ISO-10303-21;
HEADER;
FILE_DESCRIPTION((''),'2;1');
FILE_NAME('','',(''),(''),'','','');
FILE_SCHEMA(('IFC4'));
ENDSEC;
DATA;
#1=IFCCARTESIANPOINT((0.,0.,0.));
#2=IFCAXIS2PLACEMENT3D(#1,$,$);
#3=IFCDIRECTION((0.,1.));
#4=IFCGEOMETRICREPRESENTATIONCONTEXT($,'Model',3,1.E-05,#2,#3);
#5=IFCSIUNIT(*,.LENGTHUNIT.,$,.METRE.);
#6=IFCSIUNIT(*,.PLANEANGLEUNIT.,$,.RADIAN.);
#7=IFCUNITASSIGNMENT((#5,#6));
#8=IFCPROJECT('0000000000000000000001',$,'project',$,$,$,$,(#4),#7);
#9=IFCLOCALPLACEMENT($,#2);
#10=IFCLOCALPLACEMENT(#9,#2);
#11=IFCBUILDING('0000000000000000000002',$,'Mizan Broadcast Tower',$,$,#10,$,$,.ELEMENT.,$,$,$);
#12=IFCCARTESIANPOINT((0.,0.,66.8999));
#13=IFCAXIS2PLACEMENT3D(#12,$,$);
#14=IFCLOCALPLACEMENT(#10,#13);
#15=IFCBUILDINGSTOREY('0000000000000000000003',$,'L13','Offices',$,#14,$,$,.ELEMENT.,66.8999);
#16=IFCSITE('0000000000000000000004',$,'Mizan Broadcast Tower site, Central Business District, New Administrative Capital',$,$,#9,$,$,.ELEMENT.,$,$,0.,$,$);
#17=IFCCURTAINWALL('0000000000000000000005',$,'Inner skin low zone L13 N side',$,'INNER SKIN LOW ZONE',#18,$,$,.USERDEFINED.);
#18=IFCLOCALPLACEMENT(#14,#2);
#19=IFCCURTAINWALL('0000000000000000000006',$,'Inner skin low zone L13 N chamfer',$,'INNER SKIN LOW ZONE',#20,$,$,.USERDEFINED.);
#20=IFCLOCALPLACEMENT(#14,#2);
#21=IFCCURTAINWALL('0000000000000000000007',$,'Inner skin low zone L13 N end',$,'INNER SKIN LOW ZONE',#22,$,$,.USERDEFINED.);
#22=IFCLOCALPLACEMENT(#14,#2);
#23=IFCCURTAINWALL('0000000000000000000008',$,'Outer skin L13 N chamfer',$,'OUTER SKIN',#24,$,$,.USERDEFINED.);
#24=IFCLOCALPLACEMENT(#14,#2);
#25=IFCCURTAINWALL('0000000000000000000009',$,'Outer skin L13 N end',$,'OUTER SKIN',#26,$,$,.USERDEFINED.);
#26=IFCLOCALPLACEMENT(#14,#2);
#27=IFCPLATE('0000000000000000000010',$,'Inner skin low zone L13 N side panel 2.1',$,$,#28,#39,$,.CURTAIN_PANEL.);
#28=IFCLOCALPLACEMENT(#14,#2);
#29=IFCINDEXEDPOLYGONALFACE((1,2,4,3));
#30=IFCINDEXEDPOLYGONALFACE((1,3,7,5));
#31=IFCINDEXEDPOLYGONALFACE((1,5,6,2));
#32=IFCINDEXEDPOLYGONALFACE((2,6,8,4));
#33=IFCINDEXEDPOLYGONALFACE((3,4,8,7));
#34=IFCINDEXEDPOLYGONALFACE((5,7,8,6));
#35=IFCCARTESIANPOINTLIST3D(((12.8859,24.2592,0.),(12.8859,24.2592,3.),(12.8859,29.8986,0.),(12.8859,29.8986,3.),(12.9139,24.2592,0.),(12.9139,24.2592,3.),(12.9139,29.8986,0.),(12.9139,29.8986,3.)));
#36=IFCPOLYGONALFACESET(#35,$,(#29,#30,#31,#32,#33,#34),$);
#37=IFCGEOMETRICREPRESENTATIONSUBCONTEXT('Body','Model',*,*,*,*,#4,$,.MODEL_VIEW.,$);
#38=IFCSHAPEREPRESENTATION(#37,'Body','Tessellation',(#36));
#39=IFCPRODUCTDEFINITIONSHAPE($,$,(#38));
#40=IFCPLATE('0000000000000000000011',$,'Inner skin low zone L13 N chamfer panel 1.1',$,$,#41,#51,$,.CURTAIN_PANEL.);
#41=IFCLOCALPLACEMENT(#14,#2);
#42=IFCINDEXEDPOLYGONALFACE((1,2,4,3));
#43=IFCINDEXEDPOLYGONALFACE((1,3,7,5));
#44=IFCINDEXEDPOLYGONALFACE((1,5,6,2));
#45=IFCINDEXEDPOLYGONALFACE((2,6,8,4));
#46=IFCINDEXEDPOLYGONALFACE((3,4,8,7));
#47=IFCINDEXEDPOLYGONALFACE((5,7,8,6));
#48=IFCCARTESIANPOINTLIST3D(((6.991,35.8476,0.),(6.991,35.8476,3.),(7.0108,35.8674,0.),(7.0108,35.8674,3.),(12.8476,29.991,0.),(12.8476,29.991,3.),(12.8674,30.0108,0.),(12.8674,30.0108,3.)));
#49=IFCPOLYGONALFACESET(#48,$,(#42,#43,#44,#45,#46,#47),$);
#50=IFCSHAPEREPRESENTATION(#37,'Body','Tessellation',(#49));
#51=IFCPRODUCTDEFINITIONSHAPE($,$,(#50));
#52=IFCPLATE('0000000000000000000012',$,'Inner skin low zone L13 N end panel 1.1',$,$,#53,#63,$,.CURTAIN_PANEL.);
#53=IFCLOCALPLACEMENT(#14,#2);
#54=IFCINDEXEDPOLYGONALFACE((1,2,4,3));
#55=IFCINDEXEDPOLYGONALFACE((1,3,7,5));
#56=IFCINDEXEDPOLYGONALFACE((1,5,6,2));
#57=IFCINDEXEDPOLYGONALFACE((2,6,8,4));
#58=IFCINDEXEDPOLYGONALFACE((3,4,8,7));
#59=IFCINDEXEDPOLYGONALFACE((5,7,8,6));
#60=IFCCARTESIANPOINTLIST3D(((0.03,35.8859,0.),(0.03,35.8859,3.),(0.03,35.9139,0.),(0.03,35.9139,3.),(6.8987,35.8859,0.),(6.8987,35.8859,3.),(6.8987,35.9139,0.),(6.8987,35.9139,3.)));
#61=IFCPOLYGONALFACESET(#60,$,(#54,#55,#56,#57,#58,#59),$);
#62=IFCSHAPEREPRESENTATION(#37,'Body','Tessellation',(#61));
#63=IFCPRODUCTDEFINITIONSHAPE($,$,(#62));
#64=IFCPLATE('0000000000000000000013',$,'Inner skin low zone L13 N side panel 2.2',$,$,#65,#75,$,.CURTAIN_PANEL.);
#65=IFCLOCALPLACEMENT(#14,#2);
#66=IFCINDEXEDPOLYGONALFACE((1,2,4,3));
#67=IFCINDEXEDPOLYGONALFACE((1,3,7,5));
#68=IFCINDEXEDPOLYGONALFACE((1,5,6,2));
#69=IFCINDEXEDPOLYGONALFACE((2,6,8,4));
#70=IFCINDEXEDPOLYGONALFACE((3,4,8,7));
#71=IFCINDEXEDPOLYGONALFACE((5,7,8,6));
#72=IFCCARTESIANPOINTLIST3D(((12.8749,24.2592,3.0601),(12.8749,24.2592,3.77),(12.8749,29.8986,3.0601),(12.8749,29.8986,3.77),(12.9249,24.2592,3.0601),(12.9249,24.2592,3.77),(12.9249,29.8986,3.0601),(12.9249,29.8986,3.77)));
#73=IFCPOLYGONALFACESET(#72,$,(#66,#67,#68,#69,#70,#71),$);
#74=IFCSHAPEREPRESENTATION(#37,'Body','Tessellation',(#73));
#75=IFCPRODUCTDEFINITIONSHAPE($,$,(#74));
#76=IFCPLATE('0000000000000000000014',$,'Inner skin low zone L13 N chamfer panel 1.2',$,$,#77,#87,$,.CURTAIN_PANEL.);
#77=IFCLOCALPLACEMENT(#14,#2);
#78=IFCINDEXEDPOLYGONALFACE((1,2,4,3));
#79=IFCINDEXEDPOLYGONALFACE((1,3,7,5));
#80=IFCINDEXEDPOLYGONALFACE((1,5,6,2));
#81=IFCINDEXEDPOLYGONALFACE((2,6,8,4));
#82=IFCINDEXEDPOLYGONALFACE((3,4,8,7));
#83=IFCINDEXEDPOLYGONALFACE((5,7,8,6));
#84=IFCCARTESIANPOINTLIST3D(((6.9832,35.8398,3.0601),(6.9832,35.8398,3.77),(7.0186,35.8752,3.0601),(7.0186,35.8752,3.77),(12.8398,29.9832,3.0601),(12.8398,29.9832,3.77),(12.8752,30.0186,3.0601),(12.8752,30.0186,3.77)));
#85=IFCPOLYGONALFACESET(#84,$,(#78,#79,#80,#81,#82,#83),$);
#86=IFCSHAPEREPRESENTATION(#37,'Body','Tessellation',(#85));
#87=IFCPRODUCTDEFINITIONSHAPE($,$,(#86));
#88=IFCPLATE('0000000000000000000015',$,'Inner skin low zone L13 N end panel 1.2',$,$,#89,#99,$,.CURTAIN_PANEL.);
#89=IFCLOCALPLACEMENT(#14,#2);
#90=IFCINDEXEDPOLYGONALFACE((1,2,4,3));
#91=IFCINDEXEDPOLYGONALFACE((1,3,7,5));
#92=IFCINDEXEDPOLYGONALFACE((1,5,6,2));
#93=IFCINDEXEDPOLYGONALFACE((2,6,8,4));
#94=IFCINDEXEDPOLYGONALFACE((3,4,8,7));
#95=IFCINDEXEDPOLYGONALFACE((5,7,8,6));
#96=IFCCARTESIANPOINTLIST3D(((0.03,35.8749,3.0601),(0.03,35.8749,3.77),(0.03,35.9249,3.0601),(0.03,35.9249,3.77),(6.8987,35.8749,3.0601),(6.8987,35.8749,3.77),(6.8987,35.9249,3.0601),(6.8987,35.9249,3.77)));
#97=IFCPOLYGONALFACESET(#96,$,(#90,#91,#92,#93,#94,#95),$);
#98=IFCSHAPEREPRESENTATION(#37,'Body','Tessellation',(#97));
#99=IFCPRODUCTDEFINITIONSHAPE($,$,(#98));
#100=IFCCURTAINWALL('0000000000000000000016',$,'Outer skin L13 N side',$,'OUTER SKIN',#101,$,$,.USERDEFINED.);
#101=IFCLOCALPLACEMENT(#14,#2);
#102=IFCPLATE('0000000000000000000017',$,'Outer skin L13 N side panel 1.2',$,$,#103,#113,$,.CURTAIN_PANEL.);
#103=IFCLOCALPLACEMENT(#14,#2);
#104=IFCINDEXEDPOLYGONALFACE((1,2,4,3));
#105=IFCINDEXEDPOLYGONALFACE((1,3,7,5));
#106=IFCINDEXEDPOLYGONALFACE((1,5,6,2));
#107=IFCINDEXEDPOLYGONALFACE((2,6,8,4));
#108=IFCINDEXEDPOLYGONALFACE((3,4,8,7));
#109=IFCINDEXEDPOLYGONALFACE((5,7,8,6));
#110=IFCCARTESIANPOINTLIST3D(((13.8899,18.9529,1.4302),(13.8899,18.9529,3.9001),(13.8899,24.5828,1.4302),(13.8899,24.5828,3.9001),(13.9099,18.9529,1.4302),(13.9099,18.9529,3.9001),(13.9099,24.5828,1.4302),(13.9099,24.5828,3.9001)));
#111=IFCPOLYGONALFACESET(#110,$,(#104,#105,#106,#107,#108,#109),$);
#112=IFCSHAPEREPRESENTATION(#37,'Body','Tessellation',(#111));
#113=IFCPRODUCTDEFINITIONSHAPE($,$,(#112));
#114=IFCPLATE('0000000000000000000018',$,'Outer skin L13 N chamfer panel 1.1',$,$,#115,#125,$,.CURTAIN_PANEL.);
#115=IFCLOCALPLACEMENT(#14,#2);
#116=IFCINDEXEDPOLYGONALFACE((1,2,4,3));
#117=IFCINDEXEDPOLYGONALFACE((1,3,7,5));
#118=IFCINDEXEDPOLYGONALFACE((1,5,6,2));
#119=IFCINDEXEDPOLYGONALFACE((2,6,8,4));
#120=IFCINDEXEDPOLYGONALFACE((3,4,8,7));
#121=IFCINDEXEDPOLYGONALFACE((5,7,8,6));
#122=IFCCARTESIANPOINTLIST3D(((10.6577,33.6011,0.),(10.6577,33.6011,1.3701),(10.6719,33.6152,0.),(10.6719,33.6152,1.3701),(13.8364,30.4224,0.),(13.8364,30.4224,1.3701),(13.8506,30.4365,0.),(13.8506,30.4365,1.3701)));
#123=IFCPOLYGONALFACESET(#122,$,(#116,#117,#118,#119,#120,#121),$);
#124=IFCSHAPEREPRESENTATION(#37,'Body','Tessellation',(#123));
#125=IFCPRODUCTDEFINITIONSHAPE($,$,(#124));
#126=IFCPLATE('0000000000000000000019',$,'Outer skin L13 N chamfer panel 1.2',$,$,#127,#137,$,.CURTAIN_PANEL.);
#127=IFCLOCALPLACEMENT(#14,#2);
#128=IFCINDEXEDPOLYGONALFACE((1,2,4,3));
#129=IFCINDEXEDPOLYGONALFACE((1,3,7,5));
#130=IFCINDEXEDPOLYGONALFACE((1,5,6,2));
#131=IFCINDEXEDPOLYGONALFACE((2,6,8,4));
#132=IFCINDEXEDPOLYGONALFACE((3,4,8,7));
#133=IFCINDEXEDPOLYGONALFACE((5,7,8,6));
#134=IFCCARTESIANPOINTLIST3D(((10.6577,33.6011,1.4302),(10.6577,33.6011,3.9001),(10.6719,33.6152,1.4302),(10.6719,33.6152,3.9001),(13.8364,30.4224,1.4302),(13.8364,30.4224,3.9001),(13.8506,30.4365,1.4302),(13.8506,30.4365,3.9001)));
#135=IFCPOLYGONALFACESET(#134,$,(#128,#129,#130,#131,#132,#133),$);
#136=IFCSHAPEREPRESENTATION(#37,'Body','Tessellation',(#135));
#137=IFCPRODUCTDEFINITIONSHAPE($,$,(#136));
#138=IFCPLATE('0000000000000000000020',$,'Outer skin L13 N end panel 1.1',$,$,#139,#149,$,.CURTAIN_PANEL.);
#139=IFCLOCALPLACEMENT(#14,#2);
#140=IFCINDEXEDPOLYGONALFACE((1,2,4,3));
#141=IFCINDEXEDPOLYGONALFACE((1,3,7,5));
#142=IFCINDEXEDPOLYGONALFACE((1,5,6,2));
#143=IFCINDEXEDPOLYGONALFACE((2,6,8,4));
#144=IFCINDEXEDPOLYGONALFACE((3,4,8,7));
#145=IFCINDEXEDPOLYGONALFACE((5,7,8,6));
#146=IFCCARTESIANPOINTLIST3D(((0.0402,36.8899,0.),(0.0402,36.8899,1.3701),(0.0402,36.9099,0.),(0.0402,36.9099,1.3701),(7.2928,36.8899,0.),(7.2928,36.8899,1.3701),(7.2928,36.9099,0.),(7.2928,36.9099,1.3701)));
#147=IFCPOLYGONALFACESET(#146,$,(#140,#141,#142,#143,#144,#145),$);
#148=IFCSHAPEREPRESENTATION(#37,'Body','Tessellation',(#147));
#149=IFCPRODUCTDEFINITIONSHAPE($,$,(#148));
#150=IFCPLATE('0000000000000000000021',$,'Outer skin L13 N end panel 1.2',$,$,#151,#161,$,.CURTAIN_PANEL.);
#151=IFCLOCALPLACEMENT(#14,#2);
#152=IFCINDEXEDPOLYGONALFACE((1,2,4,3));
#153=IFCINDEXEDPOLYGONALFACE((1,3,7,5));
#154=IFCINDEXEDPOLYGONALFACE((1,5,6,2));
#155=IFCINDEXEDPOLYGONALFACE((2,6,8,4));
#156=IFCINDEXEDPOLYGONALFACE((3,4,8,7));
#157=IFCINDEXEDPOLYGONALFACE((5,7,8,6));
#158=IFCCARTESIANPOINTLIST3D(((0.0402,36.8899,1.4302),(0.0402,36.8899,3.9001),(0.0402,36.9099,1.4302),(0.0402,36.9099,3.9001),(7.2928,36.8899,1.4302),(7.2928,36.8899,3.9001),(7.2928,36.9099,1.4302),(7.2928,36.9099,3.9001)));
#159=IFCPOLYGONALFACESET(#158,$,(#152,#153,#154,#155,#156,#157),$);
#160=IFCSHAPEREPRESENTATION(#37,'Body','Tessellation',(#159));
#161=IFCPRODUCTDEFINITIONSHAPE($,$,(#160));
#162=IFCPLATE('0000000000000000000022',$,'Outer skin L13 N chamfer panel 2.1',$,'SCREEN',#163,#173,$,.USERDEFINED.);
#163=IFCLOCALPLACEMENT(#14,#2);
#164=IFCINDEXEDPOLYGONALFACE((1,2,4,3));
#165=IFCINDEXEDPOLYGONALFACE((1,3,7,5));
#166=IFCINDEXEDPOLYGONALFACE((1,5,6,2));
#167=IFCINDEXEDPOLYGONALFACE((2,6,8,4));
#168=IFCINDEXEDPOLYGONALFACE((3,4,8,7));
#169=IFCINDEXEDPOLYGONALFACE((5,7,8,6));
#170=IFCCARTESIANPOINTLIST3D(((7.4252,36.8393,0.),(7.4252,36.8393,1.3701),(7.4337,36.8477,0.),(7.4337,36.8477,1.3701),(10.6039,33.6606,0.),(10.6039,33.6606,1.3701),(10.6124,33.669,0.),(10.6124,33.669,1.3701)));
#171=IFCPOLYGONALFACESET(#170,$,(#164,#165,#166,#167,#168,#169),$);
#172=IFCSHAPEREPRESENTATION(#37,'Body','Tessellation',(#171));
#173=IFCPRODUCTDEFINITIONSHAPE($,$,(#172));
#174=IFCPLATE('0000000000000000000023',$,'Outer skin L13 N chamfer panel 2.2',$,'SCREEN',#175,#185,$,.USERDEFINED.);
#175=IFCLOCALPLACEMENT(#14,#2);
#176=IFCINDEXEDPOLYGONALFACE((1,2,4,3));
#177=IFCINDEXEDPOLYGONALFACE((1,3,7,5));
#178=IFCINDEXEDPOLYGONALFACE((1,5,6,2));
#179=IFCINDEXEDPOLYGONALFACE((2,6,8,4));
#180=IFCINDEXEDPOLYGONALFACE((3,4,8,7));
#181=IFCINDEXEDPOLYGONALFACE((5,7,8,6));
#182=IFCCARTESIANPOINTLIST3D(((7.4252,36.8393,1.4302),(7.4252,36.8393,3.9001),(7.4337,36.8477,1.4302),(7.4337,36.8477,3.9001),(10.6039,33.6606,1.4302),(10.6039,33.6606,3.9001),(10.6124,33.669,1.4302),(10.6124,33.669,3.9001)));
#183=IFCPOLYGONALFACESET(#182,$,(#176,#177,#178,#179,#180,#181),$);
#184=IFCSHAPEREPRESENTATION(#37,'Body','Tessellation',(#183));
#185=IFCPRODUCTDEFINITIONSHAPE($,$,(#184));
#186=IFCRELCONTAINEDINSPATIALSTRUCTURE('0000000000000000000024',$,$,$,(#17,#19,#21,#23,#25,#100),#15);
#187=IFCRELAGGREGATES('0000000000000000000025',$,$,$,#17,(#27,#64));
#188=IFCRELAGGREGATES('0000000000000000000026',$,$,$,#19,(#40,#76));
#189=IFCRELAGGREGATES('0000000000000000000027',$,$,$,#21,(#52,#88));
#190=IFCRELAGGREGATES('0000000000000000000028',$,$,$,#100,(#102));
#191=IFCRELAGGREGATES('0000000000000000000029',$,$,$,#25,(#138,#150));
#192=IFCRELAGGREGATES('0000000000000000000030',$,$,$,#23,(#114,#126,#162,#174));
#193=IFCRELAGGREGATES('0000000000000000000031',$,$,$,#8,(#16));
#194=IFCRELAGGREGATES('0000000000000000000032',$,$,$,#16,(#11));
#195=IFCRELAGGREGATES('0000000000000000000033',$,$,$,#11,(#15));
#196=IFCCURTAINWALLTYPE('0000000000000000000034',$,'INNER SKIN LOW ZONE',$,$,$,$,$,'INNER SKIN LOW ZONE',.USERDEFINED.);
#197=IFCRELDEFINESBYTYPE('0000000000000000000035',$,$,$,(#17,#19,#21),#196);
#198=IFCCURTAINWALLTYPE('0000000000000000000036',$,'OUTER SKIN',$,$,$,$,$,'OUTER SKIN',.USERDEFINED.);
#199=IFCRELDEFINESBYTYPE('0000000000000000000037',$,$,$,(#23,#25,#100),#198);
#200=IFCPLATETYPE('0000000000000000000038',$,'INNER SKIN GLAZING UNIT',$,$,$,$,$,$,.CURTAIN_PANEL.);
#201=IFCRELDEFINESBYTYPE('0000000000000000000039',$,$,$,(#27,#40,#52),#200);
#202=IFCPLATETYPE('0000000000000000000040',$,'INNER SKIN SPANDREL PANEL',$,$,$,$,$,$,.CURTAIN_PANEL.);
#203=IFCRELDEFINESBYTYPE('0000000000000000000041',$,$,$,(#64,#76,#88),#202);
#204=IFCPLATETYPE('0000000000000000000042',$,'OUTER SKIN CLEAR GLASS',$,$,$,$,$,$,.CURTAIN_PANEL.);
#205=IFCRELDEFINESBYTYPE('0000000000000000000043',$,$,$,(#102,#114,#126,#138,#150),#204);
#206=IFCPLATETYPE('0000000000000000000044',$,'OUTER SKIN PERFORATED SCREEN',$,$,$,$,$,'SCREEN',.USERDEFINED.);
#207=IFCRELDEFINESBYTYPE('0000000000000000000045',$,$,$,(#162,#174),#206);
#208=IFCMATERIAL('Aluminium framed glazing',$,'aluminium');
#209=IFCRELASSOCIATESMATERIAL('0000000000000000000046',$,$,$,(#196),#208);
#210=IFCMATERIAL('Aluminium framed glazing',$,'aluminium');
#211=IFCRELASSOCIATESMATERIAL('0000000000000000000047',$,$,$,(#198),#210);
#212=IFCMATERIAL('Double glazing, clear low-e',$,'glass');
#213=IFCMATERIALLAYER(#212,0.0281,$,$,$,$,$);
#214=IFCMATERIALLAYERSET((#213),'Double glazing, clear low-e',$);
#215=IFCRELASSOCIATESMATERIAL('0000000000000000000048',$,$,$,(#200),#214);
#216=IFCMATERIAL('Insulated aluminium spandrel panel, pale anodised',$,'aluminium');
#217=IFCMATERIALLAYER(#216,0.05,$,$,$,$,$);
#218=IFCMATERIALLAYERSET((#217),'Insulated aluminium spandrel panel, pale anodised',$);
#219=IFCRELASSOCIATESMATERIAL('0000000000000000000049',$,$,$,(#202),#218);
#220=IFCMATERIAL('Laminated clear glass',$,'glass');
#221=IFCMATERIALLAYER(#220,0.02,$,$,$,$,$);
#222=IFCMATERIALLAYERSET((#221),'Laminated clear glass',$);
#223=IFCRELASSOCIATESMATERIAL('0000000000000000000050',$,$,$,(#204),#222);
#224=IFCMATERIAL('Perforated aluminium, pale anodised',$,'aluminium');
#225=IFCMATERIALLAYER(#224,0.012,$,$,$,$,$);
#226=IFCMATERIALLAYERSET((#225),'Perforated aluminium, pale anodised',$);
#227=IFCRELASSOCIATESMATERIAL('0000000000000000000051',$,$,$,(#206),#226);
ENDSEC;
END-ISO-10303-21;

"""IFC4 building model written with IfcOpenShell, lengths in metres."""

from ifc_helpers import new_model, si_unit, direction, frame, origin, origin_2d, place, context, subcontext, project, spatial, rectangle, extrude, material, layer, layer_set, type_object, element, aggregate, save


model = new_model("IFC4")

# Units and contexts
model_context = context("Model", 3, precision=1e-05, world=origin(), true_north=direction((0.0, 1.0)))
body_context = subcontext(model_context, "Body", "Model", "MODEL_VIEW")
ifc_project = project(units=[si_unit("LENGTHUNIT", "METRE"), si_unit("PLANEANGLEUNIT", "RADIAN")], contexts=[model_context])

# Site, building, storey
site_placement = place(None, origin())
site = spatial("IfcSite", under=ifc_project, at=site_placement, Name="Mizan Broadcast Tower site, Central Business District, New Administrative Capital", CompositionType="ELEMENT", RefElevation=0.0)
building_placement = place(site_placement, origin())
building = spatial("IfcBuilding", under=site, at=building_placement, Name="Mizan Broadcast Tower", CompositionType="ELEMENT")
storey_placement = place(building_placement, frame((0.0, 0.0, 66.8999)))
storey = spatial("IfcBuildingStorey", under=building, at=storey_placement, Name="L13", Description="Offices", CompositionType="ELEMENT", Elevation=66.8999)

# Curtain wall
ifc_material_1 = material(Name="Aluminium framed glazing", Category="aluminium")
curtain_wall_type_1 = type_object("IfcCurtainWallType", Name="INNER SKIN LOW ZONE", ElementType="INNER SKIN LOW ZONE", PredefinedType="USERDEFINED", material=ifc_material_1)
curtain_wall_1_placement = place(storey_placement, origin())
curtain_wall_1 = element("IfcCurtainWall", 1, at=curtain_wall_1_placement, inside=storey, type_object=curtain_wall_type_1, Name="Inner skin low zone L13 N side", ObjectType="INNER SKIN LOW ZONE", PredefinedType="USERDEFINED")

# Curtain walls
curtain_wall_2_placement = place(storey_placement, origin())
curtain_wall_2 = element("IfcCurtainWall", 2, at=curtain_wall_2_placement, inside=storey, type_object=curtain_wall_type_1, Name="Inner skin low zone L13 N chamfer", ObjectType="INNER SKIN LOW ZONE", PredefinedType="USERDEFINED")
curtain_wall_3_placement = place(storey_placement, origin())
curtain_wall_3 = element("IfcCurtainWall", 3, at=curtain_wall_3_placement, inside=storey, type_object=curtain_wall_type_1, Name="Inner skin low zone L13 N end", ObjectType="INNER SKIN LOW ZONE", PredefinedType="USERDEFINED")

# Curtain wall
ifc_material_2 = material(Name="Aluminium framed glazing", Category="aluminium")
curtain_wall_type_2 = type_object("IfcCurtainWallType", Name="OUTER SKIN", ElementType="OUTER SKIN", PredefinedType="USERDEFINED", material=ifc_material_2)
curtain_wall_4_placement = place(storey_placement, origin())
curtain_wall_4 = element("IfcCurtainWall", 4, at=curtain_wall_4_placement, inside=storey, type_object=curtain_wall_type_2, Name="Outer skin L13 N chamfer", ObjectType="OUTER SKIN", PredefinedType="USERDEFINED")

# Curtain wall
curtain_wall_5_placement = place(storey_placement, origin())
curtain_wall_5 = element("IfcCurtainWall", 5, at=curtain_wall_5_placement, inside=storey, type_object=curtain_wall_type_2, Name="Outer skin L13 N end", ObjectType="OUTER SKIN", PredefinedType="USERDEFINED")

# Plates
ifc_material_3 = material(Name="Double glazing, clear low-e", Category="glass")
ifc_layer_1 = layer(ifc_material_3, 0.0281)
ifc_layer_set_1 = layer_set([ifc_layer_1], Name="Double glazing, clear low-e")
plate_type_1 = type_object("IfcPlateType", Name="INNER SKIN GLAZING UNIT", PredefinedType="CURTAIN_PANEL", material=ifc_layer_set_1)
plate_1_placement = place(storey_placement, frame((12.8999, 27.0789, 0.0), z_axis=(0.0, 0.0, 1.0), x_axis=(0.0, 1.0, 0.0)))
plate_1 = element("IfcPlate", 6, at=plate_1_placement, type_object=plate_type_1, Name="Inner skin low zone L13 N side panel 2.1", PredefinedType="CURTAIN_PANEL", context=body_context, shape_type="SweptSolid", body=[
    extrude(rectangle(XDim=5.6394, YDim=0.0281, at=origin_2d()), origin(), (0.0, 0.0, 1.0), 3.0),
])
plate_2_placement = place(storey_placement, frame((9.9292, 32.9292, 0.0), z_axis=(0.0, 0.0, 1.0), x_axis=(-0.707107, 0.707107, 0.0)))
plate_2 = element("IfcPlate", 7, at=plate_2_placement, type_object=plate_type_1, Name="Inner skin low zone L13 N chamfer panel 1.1", PredefinedType="CURTAIN_PANEL", context=body_context, shape_type="SweptSolid", body=[
    extrude(rectangle(XDim=8.2825, YDim=0.0281, at=origin_2d()), origin(), (0.0, 0.0, 1.0), 3.0),
])
plate_3_placement = place(storey_placement, frame((3.4644, 35.8999, 0.0), z_axis=(0.0, 0.0, 1.0), x_axis=(-1.0, 0.0, 0.0)))
plate_3 = element("IfcPlate", 8, at=plate_3_placement, type_object=plate_type_1, Name="Inner skin low zone L13 N end panel 1.1", PredefinedType="CURTAIN_PANEL", context=body_context, shape_type="SweptSolid", body=[
    extrude(rectangle(XDim=6.8687, YDim=0.0281, at=origin_2d()), origin(), (0.0, 0.0, 1.0), 3.0),
])
ifc_material_4 = material(Name="Insulated aluminium spandrel panel, pale anodised", Category="aluminium")
ifc_layer_2 = layer(ifc_material_4, 0.05)
ifc_layer_set_2 = layer_set([ifc_layer_2], Name="Insulated aluminium spandrel panel, pale anodised")
plate_type_2 = type_object("IfcPlateType", Name="INNER SKIN SPANDREL PANEL", PredefinedType="CURTAIN_PANEL", material=ifc_layer_set_2)
plate_4_placement = place(storey_placement, frame((12.8999, 27.0789, 3.0601), z_axis=(0.0, 0.0, 1.0), x_axis=(0.0, 1.0, 0.0)))
plate_4 = element("IfcPlate", 9, at=plate_4_placement, type_object=plate_type_2, Name="Inner skin low zone L13 N side panel 2.2", PredefinedType="CURTAIN_PANEL", context=body_context, shape_type="SweptSolid", body=[
    extrude(rectangle(XDim=5.6394, YDim=0.05, at=origin_2d()), origin(), (0.0, 0.0, 1.0), 0.71),
])
aggregate(curtain_wall_1, [plate_1, plate_4])
plate_5_placement = place(storey_placement, frame((9.9292, 32.9292, 3.0601), z_axis=(0.0, 0.0, 1.0), x_axis=(-0.707107, 0.707107, 0.0)))
plate_5 = element("IfcPlate", 10, at=plate_5_placement, type_object=plate_type_2, Name="Inner skin low zone L13 N chamfer panel 1.2", PredefinedType="CURTAIN_PANEL", context=body_context, shape_type="SweptSolid", body=[
    extrude(rectangle(XDim=8.2825, YDim=0.05, at=origin_2d()), origin(), (0.0, 0.0, 1.0), 0.71),
])
aggregate(curtain_wall_2, [plate_2, plate_5])
plate_6_placement = place(storey_placement, frame((3.4644, 35.8999, 3.0601), z_axis=(0.0, 0.0, 1.0), x_axis=(-1.0, 0.0, 0.0)))
plate_6 = element("IfcPlate", 11, at=plate_6_placement, type_object=plate_type_2, Name="Inner skin low zone L13 N end panel 1.2", PredefinedType="CURTAIN_PANEL", context=body_context, shape_type="SweptSolid", body=[
    extrude(rectangle(XDim=6.8687, YDim=0.05, at=origin_2d()), origin(), (0.0, 0.0, 1.0), 0.71),
])
aggregate(curtain_wall_3, [plate_3, plate_6])

# Curtain wall, plate
curtain_wall_6_placement = place(storey_placement, origin())
curtain_wall_6 = element("IfcCurtainWall", 12, at=curtain_wall_6_placement, inside=storey, type_object=curtain_wall_type_2, Name="Outer skin L13 N side", ObjectType="OUTER SKIN", PredefinedType="USERDEFINED")
ifc_material_5 = material(Name="Laminated clear glass", Category="glass")
ifc_layer_3 = layer(ifc_material_5, 0.02)
ifc_layer_set_3 = layer_set([ifc_layer_3], Name="Laminated clear glass")
plate_type_3 = type_object("IfcPlateType", Name="OUTER SKIN CLEAR GLASS", PredefinedType="CURTAIN_PANEL", material=ifc_layer_set_3)
plate_7_placement = place(storey_placement, frame((13.8999, 21.7678, 1.4302), z_axis=(0.0, 0.0, 1.0), x_axis=(0.0, 1.0, 0.0)))
plate_7 = element("IfcPlate", 13, at=plate_7_placement, type_object=plate_type_3, Name="Outer skin L13 N side panel 1.2", PredefinedType="CURTAIN_PANEL", context=body_context, shape_type="SweptSolid", body=[
    extrude(rectangle(XDim=5.6299, YDim=0.02, at=origin_2d()), origin(), (0.0, 0.0, 1.0), 2.47),
])
aggregate(curtain_wall_6, [plate_7])

# Plates
plate_8_placement = place(storey_placement, frame((12.2542, 32.0188, 0.0), z_axis=(0.0, 0.0, 1.0), x_axis=(-0.707107, 0.707107, 0.0)))
plate_8 = element("IfcPlate", 14, at=plate_8_placement, type_object=plate_type_3, Name="Outer skin L13 N chamfer panel 1.1", PredefinedType="CURTAIN_PANEL", context=body_context, shape_type="SweptSolid", body=[
    extrude(rectangle(XDim=4.4954, YDim=0.02, at=origin_2d()), origin(), (0.0, 0.0, 1.0), 1.3701),
])
plate_9_placement = place(storey_placement, frame((12.2542, 32.0188, 1.4302), z_axis=(0.0, 0.0, 1.0), x_axis=(-0.707107, 0.707107, 0.0)))
plate_9 = element("IfcPlate", 15, at=plate_9_placement, type_object=plate_type_3, Name="Outer skin L13 N chamfer panel 1.2", PredefinedType="CURTAIN_PANEL", context=body_context, shape_type="SweptSolid", body=[
    extrude(rectangle(XDim=4.4954, YDim=0.02, at=origin_2d()), origin(), (0.0, 0.0, 1.0), 2.47),
])
plate_10_placement = place(storey_placement, frame((3.6665, 36.8999, 0.0), z_axis=(0.0, 0.0, 1.0), x_axis=(-1.0, 0.0, 0.0)))
plate_10 = element("IfcPlate", 16, at=plate_10_placement, type_object=plate_type_3, Name="Outer skin L13 N end panel 1.1", PredefinedType="CURTAIN_PANEL", context=body_context, shape_type="SweptSolid", body=[
    extrude(rectangle(XDim=7.2527, YDim=0.02, at=origin_2d()), origin(), (0.0, 0.0, 1.0), 1.3701),
])
plate_11_placement = place(storey_placement, frame((3.6665, 36.8999, 1.4302), z_axis=(0.0, 0.0, 1.0), x_axis=(-1.0, 0.0, 0.0)))
plate_11 = element("IfcPlate", 17, at=plate_11_placement, type_object=plate_type_3, Name="Outer skin L13 N end panel 1.2", PredefinedType="CURTAIN_PANEL", context=body_context, shape_type="SweptSolid", body=[
    extrude(rectangle(XDim=7.2527, YDim=0.02, at=origin_2d()), origin(), (0.0, 0.0, 1.0), 2.47),
])
aggregate(curtain_wall_5, [plate_10, plate_11])
ifc_material_6 = material(Name="Perforated aluminium, pale anodised", Category="aluminium")
ifc_layer_4 = layer(ifc_material_6, 0.012)
ifc_layer_set_4 = layer_set([ifc_layer_4], Name="Perforated aluminium, pale anodised")
plate_type_4 = type_object("IfcPlateType", Name="OUTER SKIN PERFORATED SCREEN", ElementType="SCREEN", PredefinedType="USERDEFINED", material=ifc_layer_set_4)
plate_12_placement = place(storey_placement, frame((9.0188, 35.2542, 0.0), z_axis=(0.0, 0.0, 1.0), x_axis=(-0.707107, 0.707107, 0.0)))
plate_12 = element("IfcPlate", 18, at=plate_12_placement, type_object=plate_type_4, Name="Outer skin L13 N chamfer panel 2.1", ObjectType="SCREEN", PredefinedType="USERDEFINED", context=body_context, shape_type="SweptSolid", body=[
    extrude(rectangle(XDim=4.4954, YDim=0.012, at=origin_2d()), origin(), (0.0, 0.0, 1.0), 1.3701),
])
plate_13_placement = place(storey_placement, frame((9.0188, 35.2542, 1.4302), z_axis=(0.0, 0.0, 1.0), x_axis=(-0.707107, 0.707107, 0.0)))
plate_13 = element("IfcPlate", 19, at=plate_13_placement, type_object=plate_type_4, Name="Outer skin L13 N chamfer panel 2.2", ObjectType="SCREEN", PredefinedType="USERDEFINED", context=body_context, shape_type="SweptSolid", body=[
    extrude(rectangle(XDim=4.4954, YDim=0.012, at=origin_2d()), origin(), (0.0, 0.0, 1.0), 2.47),
])
aggregate(curtain_wall_4, [plate_8, plate_9, plate_12, plate_13])

save(model, "model.ifc")
